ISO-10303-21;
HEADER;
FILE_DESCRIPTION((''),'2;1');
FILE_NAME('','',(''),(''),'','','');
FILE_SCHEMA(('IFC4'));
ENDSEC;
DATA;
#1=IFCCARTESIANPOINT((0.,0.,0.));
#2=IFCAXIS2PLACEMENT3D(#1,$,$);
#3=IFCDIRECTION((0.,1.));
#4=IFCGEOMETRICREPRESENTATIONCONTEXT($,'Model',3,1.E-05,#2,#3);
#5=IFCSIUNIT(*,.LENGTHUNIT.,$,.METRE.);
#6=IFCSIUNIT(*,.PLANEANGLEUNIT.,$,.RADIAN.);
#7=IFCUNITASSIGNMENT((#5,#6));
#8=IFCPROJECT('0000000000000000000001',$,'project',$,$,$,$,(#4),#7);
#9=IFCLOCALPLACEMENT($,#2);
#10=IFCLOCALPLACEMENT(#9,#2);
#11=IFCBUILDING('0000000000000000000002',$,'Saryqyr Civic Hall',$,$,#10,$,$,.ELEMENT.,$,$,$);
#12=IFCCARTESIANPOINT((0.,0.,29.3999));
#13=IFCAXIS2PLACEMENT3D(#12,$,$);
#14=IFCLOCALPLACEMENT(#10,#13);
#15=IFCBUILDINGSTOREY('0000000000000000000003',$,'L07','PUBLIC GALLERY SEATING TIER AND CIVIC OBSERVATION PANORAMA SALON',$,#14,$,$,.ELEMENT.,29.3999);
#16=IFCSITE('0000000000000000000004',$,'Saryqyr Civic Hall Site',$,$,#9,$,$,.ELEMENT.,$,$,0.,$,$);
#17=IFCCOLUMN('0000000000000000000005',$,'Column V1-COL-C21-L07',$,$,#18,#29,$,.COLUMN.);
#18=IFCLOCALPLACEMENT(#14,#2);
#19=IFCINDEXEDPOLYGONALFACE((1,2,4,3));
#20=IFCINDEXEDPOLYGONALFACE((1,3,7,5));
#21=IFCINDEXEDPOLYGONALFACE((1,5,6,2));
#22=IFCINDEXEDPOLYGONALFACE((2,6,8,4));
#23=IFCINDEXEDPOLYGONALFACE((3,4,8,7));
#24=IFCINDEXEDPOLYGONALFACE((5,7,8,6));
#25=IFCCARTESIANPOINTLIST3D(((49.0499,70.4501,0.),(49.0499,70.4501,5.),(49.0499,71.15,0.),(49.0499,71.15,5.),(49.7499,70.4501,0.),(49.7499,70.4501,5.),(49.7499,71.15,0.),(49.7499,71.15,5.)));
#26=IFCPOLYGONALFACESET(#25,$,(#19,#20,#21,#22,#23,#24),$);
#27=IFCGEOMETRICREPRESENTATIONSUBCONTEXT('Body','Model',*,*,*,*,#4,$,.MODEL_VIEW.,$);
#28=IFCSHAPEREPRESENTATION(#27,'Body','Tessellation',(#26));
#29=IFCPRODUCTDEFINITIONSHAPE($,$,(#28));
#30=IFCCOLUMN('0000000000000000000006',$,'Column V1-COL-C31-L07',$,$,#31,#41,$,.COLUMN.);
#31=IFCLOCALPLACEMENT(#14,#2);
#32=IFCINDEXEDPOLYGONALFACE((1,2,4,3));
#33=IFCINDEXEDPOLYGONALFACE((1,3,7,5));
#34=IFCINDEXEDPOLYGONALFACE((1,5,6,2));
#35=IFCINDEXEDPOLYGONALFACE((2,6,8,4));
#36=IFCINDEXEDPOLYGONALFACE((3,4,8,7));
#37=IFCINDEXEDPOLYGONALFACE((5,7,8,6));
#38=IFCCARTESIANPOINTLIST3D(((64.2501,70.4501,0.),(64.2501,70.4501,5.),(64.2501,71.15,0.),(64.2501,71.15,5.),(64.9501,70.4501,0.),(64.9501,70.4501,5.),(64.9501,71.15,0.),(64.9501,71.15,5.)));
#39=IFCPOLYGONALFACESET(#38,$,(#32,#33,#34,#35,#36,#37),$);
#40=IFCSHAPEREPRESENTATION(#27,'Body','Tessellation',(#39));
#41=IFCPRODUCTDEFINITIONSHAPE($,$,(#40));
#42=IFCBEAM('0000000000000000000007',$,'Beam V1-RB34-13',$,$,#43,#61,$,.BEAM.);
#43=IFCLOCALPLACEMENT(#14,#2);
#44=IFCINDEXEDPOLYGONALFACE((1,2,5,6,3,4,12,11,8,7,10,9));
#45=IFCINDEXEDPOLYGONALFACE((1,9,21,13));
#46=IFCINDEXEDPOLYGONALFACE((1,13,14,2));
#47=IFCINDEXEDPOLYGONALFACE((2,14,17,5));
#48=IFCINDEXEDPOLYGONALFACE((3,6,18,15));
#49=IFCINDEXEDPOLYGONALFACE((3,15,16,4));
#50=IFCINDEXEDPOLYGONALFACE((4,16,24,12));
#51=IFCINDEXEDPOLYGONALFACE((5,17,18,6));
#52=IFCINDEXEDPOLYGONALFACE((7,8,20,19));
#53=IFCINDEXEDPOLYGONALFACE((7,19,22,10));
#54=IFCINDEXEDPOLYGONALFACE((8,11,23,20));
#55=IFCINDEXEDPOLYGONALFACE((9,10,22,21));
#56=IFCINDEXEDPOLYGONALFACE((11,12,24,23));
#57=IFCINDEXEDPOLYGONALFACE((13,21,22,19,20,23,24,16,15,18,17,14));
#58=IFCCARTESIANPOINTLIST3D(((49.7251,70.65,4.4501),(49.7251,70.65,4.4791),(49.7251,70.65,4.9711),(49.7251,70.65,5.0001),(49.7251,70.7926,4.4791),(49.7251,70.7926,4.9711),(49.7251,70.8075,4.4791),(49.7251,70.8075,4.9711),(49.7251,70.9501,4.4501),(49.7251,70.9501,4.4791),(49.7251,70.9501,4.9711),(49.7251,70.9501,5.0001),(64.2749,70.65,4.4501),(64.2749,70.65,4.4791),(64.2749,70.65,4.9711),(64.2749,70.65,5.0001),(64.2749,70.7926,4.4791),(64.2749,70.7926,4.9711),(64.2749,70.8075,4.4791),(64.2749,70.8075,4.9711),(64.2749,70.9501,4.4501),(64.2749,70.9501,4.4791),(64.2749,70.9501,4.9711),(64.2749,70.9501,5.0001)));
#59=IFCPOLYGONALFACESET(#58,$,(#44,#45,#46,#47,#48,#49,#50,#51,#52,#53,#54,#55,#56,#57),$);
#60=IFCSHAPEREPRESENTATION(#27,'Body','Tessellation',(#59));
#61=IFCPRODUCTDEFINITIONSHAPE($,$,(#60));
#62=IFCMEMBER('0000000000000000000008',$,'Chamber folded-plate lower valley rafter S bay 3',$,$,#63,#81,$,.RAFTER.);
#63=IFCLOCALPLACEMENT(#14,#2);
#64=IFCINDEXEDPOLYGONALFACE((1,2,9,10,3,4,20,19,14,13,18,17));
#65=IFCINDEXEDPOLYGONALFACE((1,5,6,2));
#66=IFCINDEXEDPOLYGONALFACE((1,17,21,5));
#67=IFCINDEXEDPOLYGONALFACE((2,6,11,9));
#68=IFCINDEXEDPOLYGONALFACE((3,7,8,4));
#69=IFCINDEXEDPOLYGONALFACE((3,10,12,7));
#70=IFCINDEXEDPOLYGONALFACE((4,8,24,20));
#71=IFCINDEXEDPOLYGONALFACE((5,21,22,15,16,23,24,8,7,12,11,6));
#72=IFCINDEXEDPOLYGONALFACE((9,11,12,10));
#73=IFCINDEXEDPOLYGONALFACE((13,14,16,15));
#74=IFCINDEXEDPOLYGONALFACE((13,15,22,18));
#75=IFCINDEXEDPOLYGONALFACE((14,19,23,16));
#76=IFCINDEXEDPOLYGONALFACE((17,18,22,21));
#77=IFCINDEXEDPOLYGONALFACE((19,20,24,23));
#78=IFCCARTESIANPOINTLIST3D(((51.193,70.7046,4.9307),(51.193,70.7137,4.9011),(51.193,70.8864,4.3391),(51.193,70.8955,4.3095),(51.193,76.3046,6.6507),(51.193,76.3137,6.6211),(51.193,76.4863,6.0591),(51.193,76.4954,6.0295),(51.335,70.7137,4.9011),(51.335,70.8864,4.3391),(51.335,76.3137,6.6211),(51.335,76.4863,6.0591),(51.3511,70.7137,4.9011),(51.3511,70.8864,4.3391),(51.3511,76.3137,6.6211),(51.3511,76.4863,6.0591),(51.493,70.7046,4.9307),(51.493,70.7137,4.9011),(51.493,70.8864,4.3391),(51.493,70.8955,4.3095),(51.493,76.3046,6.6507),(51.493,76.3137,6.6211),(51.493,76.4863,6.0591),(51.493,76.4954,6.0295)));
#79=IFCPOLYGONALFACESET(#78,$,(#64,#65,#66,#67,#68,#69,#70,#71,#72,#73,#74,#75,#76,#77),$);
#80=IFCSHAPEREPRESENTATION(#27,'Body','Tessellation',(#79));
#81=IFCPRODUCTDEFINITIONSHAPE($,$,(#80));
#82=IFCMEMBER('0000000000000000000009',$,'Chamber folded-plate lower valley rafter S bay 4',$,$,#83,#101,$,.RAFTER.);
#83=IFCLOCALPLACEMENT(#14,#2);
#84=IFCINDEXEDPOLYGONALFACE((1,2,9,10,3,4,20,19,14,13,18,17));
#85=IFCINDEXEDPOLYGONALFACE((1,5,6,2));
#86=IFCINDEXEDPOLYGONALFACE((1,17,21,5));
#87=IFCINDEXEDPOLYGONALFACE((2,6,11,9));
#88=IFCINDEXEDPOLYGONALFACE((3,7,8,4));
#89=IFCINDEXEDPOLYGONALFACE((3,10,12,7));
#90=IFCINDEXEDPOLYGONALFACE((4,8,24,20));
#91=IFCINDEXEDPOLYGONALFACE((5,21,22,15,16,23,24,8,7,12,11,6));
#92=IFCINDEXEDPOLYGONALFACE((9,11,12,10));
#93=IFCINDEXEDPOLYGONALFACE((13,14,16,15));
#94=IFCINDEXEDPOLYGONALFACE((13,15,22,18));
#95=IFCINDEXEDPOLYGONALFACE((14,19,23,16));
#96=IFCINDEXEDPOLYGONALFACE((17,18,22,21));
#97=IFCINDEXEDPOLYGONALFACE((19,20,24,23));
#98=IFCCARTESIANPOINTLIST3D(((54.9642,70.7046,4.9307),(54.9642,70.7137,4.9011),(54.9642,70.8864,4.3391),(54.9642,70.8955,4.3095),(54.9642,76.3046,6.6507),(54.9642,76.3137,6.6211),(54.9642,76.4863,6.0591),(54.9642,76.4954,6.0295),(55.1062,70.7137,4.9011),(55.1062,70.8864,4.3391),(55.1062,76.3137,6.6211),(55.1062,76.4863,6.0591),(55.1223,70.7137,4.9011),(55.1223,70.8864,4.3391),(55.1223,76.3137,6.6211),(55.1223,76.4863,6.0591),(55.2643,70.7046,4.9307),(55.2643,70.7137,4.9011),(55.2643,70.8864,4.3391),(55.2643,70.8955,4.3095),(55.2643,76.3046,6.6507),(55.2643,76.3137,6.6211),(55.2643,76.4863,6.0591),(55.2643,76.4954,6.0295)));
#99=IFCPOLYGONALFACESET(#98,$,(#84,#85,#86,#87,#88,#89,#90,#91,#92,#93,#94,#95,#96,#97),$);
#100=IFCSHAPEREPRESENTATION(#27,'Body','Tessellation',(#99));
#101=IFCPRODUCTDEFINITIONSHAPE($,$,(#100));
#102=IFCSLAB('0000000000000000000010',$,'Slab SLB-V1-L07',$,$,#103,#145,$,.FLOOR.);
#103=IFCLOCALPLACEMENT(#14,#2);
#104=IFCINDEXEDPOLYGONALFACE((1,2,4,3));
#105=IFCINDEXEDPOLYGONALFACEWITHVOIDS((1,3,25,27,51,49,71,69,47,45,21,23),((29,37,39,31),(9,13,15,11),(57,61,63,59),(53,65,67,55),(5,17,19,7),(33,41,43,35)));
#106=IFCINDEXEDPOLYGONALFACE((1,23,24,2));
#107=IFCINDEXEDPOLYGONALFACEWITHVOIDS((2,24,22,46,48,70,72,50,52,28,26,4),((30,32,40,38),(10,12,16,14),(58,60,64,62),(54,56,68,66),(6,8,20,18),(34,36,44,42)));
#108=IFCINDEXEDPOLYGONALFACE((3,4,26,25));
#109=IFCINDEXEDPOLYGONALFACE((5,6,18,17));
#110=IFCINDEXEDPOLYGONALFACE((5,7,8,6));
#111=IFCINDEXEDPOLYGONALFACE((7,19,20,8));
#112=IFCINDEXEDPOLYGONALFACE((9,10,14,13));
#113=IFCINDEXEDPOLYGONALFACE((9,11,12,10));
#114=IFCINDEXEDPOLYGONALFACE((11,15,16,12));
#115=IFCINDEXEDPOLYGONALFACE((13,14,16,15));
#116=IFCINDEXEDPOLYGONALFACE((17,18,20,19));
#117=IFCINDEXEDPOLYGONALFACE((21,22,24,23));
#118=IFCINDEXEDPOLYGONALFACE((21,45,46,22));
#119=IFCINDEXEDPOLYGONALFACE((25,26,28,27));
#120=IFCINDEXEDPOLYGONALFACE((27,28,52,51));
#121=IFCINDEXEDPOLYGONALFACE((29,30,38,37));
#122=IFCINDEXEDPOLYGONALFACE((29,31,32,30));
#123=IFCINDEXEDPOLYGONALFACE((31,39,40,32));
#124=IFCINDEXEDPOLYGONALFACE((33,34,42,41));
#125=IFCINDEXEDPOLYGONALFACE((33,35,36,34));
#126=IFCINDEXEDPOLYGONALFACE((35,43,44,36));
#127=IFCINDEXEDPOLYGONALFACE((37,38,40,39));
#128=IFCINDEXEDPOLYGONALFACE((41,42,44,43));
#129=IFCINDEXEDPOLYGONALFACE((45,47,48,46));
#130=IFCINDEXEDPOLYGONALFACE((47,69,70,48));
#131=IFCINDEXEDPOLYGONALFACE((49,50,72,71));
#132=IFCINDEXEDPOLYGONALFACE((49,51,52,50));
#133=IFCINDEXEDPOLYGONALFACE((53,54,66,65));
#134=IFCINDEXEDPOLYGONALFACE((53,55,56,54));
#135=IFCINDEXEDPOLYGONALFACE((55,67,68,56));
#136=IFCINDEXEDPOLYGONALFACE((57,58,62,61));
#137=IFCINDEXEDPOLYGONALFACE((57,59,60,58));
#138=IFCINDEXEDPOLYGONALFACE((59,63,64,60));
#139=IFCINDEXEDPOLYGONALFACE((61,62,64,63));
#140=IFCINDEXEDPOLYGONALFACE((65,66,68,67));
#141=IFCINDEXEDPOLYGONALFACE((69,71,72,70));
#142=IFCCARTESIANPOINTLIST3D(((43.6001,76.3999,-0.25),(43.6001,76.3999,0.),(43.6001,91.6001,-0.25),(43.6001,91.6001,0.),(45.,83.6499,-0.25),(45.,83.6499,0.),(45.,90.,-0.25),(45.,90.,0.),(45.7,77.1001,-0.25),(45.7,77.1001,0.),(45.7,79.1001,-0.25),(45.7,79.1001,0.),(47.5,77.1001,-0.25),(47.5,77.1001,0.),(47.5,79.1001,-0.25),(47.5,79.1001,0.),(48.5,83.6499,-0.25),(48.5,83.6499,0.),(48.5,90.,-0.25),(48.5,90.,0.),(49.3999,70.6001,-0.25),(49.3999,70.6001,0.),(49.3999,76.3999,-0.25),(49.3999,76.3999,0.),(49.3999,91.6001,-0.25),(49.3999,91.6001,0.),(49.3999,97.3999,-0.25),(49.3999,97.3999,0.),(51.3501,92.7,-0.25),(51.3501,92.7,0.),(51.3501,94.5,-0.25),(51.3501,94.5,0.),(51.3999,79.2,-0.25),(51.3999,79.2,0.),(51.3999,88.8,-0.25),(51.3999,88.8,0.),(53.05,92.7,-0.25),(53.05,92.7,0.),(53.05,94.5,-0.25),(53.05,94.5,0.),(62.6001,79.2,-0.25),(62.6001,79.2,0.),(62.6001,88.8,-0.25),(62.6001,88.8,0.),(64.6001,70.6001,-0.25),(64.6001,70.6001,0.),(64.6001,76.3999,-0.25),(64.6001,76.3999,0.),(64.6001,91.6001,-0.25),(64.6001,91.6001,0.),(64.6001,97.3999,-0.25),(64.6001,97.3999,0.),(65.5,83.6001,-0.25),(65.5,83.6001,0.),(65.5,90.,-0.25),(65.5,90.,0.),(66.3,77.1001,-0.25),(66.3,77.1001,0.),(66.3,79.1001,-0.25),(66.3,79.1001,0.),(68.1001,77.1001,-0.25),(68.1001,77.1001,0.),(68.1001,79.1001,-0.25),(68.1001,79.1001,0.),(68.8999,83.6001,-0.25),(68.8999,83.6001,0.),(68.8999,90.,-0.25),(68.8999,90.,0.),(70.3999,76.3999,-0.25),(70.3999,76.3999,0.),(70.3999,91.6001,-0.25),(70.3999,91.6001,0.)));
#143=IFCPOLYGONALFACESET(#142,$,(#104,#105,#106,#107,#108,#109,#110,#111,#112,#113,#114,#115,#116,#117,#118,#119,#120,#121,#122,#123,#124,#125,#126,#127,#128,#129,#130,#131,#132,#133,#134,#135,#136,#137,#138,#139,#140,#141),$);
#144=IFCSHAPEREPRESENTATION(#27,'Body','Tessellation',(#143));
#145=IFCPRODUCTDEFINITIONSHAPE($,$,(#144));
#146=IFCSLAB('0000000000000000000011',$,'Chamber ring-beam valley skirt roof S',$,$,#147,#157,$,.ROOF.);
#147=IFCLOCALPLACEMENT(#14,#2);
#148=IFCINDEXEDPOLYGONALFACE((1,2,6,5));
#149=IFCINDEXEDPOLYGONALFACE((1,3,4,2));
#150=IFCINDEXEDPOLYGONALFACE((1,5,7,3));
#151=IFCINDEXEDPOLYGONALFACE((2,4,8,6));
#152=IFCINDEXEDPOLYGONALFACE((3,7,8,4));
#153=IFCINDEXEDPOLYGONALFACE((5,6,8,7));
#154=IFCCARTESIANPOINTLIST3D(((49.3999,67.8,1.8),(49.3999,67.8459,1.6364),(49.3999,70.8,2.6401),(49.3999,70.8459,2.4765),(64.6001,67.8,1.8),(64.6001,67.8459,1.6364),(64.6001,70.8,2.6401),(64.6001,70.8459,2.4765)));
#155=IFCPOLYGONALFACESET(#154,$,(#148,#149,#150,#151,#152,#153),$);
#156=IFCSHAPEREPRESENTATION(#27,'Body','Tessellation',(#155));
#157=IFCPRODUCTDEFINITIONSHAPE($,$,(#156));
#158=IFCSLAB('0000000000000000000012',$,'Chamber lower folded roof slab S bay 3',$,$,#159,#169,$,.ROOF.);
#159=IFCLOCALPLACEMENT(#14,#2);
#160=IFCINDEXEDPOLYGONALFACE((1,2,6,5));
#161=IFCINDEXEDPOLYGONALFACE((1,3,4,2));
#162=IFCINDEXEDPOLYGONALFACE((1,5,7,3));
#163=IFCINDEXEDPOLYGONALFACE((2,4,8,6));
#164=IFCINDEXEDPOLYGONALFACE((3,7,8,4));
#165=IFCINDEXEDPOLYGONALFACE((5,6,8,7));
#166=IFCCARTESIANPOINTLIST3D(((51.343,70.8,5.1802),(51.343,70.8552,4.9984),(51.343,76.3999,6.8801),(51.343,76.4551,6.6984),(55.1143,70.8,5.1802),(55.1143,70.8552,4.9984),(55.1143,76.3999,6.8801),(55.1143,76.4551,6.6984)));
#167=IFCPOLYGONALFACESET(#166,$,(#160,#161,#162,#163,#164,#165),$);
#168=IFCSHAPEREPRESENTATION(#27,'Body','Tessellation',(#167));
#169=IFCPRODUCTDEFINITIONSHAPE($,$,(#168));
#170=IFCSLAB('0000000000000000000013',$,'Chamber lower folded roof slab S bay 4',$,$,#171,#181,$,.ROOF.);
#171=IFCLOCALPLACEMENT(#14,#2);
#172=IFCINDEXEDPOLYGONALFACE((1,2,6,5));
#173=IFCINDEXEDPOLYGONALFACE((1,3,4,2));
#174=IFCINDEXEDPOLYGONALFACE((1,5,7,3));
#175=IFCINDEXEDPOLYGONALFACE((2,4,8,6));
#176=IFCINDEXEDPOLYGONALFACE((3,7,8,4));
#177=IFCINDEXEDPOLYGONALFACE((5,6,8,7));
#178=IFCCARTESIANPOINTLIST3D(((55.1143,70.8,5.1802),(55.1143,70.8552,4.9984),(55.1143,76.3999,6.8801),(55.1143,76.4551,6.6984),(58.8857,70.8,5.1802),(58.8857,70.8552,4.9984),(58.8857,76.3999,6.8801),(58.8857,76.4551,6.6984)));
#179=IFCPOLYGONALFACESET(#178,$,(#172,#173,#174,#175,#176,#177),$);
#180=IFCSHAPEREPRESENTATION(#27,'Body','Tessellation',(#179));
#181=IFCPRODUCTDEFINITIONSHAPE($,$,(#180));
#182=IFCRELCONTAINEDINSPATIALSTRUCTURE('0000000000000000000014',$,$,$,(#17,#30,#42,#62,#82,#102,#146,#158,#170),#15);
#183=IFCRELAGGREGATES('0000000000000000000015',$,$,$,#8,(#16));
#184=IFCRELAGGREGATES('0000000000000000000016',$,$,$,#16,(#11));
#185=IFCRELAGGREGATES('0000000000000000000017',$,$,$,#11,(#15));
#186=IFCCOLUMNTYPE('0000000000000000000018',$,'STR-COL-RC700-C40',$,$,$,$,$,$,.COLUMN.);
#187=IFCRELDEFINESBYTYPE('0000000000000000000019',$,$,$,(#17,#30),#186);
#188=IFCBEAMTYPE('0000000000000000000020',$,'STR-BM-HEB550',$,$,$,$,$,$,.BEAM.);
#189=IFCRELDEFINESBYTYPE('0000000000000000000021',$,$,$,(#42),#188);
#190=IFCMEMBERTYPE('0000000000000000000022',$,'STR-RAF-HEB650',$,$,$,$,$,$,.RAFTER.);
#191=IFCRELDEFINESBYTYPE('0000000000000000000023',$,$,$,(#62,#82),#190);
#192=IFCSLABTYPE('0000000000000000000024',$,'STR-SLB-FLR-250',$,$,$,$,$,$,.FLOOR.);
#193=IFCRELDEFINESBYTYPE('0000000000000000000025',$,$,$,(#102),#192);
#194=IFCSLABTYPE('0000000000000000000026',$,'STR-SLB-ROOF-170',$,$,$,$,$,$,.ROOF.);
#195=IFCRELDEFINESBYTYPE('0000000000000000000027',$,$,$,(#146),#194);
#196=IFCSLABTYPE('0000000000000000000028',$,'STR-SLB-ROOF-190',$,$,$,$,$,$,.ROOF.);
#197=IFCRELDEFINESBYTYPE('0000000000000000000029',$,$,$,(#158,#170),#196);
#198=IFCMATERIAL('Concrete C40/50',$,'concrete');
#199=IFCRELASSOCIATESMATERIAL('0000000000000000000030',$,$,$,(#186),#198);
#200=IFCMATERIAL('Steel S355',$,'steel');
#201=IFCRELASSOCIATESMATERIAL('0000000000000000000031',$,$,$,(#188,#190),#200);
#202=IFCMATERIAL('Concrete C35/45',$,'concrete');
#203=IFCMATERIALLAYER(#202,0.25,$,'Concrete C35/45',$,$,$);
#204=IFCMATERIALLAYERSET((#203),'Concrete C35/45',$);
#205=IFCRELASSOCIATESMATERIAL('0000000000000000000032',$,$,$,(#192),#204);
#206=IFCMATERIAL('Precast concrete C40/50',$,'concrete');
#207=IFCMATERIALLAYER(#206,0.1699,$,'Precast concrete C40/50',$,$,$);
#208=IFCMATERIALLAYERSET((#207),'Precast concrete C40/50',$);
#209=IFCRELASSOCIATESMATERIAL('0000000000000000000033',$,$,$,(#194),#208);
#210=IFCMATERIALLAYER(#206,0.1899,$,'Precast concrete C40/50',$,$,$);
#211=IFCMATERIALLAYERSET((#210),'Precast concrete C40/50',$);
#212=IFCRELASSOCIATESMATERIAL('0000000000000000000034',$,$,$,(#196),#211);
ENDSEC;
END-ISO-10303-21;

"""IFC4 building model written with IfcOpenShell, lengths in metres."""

from ifc_helpers import new_model, si_unit, direction, frame, origin, origin_2d, place, context, subcontext, project, spatial, polyline, rectangle, i_section, outline, extrude, material, layer, layer_set, material_profile, profile_set, type_object, element, save


model = new_model("IFC4")

# Units and contexts
model_context = context("Model", 3, precision=1e-05, world=origin(), true_north=direction((0.0, 1.0)))
body_context = subcontext(model_context, "Body", "Model", "MODEL_VIEW")
ifc_project = project(units=[si_unit("LENGTHUNIT", "METRE"), si_unit("PLANEANGLEUNIT", "RADIAN")], contexts=[model_context])

# Site, building, storey
site_placement = place(None, origin())
site = spatial("IfcSite", under=ifc_project, at=site_placement, Name="Saryqyr Civic Hall Site", CompositionType="ELEMENT", RefElevation=0.0)
building_placement = place(site_placement, origin())
building = spatial("IfcBuilding", under=site, at=building_placement, Name="Saryqyr Civic Hall", CompositionType="ELEMENT")
storey_placement = place(building_placement, frame((0.0, 0.0, 29.3999)))
storey = spatial("IfcBuildingStorey", under=building, at=storey_placement, Name="L07", Description="PUBLIC GALLERY SEATING TIER AND CIVIC OBSERVATION PANORAMA SALON", CompositionType="ELEMENT", Elevation=29.3999)

# Columns
ifc_material_1 = material(Name="Concrete C40/50", Category="concrete")
ifc_material_profile_1 = material_profile(ifc_material_1, rectangle(XDim=0.7, YDim=0.7, at=origin_2d()), Name="RC 700x700")
ifc_profile_set_1 = profile_set([ifc_material_profile_1], Name="Concrete C40/50")
column_type = type_object("IfcColumnType", Name="STR-COL-RC700-C40", PredefinedType="COLUMN", material=ifc_profile_set_1)
for number, where, z_axis, x_axis, name in (
    (1, (49.3999, 70.8, 0.0), (0.0, 0.0, 1.0), (1.0, 0.0, 0.0), "Column V1-COL-C21-L07"),
    (2, (64.6001, 70.8, 0.0), (0.0, 0.0, 1.0), (1.0, 0.0, 0.0), "Column V1-COL-C31-L07"),
):
    element("IfcColumn", number, at=place(storey_placement, frame(where, z_axis=z_axis, x_axis=x_axis)), inside=storey, type_object=column_type, Name=name, PredefinedType="COLUMN", context=body_context, shape_type="SweptSolid", body=[
        extrude(rectangle(XDim=0.7, YDim=0.7, at=origin_2d()), origin(), (0.0, 0.0, 1.0), 5.0),
    ])

# Beam
ifc_material_2 = material(Name="Steel S355", Category="steel")
ifc_material_profile_2 = material_profile(ifc_material_2, i_section(OverallWidth=0.3, OverallDepth=0.55, WebThickness=0.0149, FlangeThickness=0.0291, at=origin_2d()), Name="HEB 550")
ifc_profile_set_2 = profile_set([ifc_material_profile_2], Name="Steel S355")
beam_type = type_object("IfcBeamType", Name="STR-BM-HEB550", PredefinedType="BEAM", material=ifc_profile_set_2)
beam_placement = place(storey_placement, frame((49.7251, 70.8, 4.7251), z_axis=(1.0, 0.0, 0.0), x_axis=(0.0, 1.0, 0.0)))
element("IfcBeam", 3, at=beam_placement, inside=storey, type_object=beam_type, Name="Beam V1-RB34-13", PredefinedType="BEAM", context=body_context, shape_type="SweptSolid", body=[
    extrude(i_section(OverallWidth=0.3, OverallDepth=0.55, WebThickness=0.0149, FlangeThickness=0.0291, at=origin_2d()), origin(), (0.0, 0.0, 1.0), 14.5498),
])

# Members
ifc_material_profile_3 = material_profile(ifc_material_2, i_section(OverallWidth=0.3, OverallDepth=0.6499, WebThickness=0.0161, FlangeThickness=0.031, at=origin_2d()), Name="HEB 650")
ifc_profile_set_3 = profile_set([ifc_material_profile_3], Name="Steel S355")
member_type = type_object("IfcMemberType", Name="STR-RAF-HEB650", PredefinedType="RAFTER", material=ifc_profile_set_3)
for number, where, z_axis, x_axis, name in (
    (4, (51.343, 70.8, 4.6201), (0.0, 0.955926, 0.293608), (-1.0, 0.0, 0.0), "Chamber folded-plate lower valley rafter S bay 3"),
    (5, (55.1143, 70.8, 4.6201), (0.0, 0.955926, 0.293608), (-1.0, 0.0, 0.0), "Chamber folded-plate lower valley rafter S bay 4"),
):
    element("IfcMember", number, at=place(storey_placement, frame(where, z_axis=z_axis, x_axis=x_axis)), inside=storey, type_object=member_type, Name=name, PredefinedType="RAFTER", context=body_context, shape_type="SweptSolid", body=[
        extrude(i_section(OverallWidth=0.3, OverallDepth=0.6499, WebThickness=0.0161, FlangeThickness=0.031, at=origin_2d()), origin(), (0.0, 0.0, 1.0), 5.8582),
    ])

# Slabs
ifc_material_3 = material(Name="Concrete C35/45", Category="concrete")
ifc_layer_1 = layer(ifc_material_3, 0.25, Name="Concrete C35/45")
ifc_layer_set_1 = layer_set([ifc_layer_1], Name="Concrete C35/45")
slab_type_1 = type_object("IfcSlabType", Name="STR-SLB-FLR-250", PredefinedType="FLOOR", material=ifc_layer_set_1)
slab_1_placement = place(storey_placement, frame((0.0, 0.0, -0.25)))
element("IfcSlab", 6, at=slab_1_placement, inside=storey, type_object=slab_type_1, Name="Slab SLB-V1-L07", PredefinedType="FLOOR", context=body_context, shape_type="SweptSolid", body=[
    extrude(outline(polyline([(43.6001, 76.3999), (43.6001, 91.6001), (49.3999, 91.6001), (49.3999, 97.3999), (64.6001, 97.3999), (64.6001, 91.6001), (70.3999, 91.6001), (70.3999, 76.3999), (64.6001, 76.3999), (64.6001, 70.6001), (49.3999, 70.6001), (49.3999, 76.3999), (43.6001, 76.3999)]), holes=[polyline([(62.6001, 88.8), (51.3999, 88.8), (51.3999, 79.2), (62.6001, 79.2), (62.6001, 88.8)]), polyline([(45.7, 79.1001), (45.7, 77.1001), (47.5, 77.1001), (47.5, 79.1001), (45.7, 79.1001)]), polyline([(66.3, 79.1001), (66.3, 77.1001), (68.1001, 77.1001), (68.1001, 79.1001), (66.3, 79.1001)]), polyline([(65.5, 83.6001), (68.8999, 83.6001), (68.8999, 90.0), (65.5, 90.0), (65.5, 83.6001)]), polyline([(45.0, 90.0), (45.0, 83.6499), (48.5, 83.6499), (48.5, 90.0), (45.0, 90.0)]), polyline([(53.05, 94.5), (51.3501, 94.5), (51.3501, 92.7), (53.05, 92.7), (53.05, 94.5)])]), origin(), (0.0, 0.0, 1.0), 0.25),
])
ifc_material_4 = material(Name="Precast concrete C40/50", Category="concrete")
ifc_layer_2 = layer(ifc_material_4, 0.1699, Name="Precast concrete C40/50")
ifc_layer_set_2 = layer_set([ifc_layer_2], Name="Precast concrete C40/50")
slab_type_2 = type_object("IfcSlabType", Name="STR-SLB-ROOF-170", PredefinedType="ROOF", material=ifc_layer_set_2)
slab_2_placement = place(storey_placement, frame((49.3999, 67.8, 1.8), z_axis=(0.0, -0.269656, 0.962957), x_axis=(1.0, 0.0, 0.0)))
element("IfcSlab", 7, at=slab_2_placement, inside=storey, type_object=slab_type_2, Name="Chamber ring-beam valley skirt roof S", PredefinedType="ROOF", context=body_context, shape_type="SweptSolid", body=[
    extrude(outline(polyline([(0.0, 0.0), (15.2002, 0.0), (15.2002, 3.1154), (0.0, 3.1154), (0.0, 0.0)])), origin(), (0.0, 0.0, -1.0), 0.1699),
])
ifc_layer_3 = layer(ifc_material_4, 0.1899, Name="Precast concrete C40/50")
ifc_layer_set_3 = layer_set([ifc_layer_3], Name="Precast concrete C40/50")
slab_type_3 = type_object("IfcSlabType", Name="STR-SLB-ROOF-190", PredefinedType="ROOF", material=ifc_layer_set_3)
slab_3_placement = place(storey_placement, frame((51.343, 70.8, 5.1802), z_axis=(0.0, -0.290481, 0.956881), x_axis=(1.0, 0.0, 0.0)))
element("IfcSlab", 8, at=slab_3_placement, inside=storey, type_object=slab_type_3, Name="Chamber lower folded roof slab S bay 3", PredefinedType="ROOF", context=body_context, shape_type="SweptSolid", body=[
    extrude(outline(polyline([(0.0, 0.0), (3.7712, 0.0), (3.7712, 5.8522), (0.0, 5.8522), (0.0, 0.0)])), origin(), (0.0, 0.0, -1.0), 0.1899),
])
slab_4_placement = place(storey_placement, frame((55.1143, 70.8, 5.1802), z_axis=(0.0, -0.290481, 0.956881), x_axis=(1.0, 0.0, 0.0)))
element("IfcSlab", 9, at=slab_4_placement, inside=storey, type_object=slab_type_3, Name="Chamber lower folded roof slab S bay 4", PredefinedType="ROOF", context=body_context, shape_type="SweptSolid", body=[
    extrude(outline(polyline([(0.0, 0.0), (3.7715, 0.0), (3.7715, 5.8522), (0.0, 5.8522), (0.0, 0.0)])), origin(), (0.0, 0.0, -1.0), 0.1899),
])

save(model, "model.ifc")
